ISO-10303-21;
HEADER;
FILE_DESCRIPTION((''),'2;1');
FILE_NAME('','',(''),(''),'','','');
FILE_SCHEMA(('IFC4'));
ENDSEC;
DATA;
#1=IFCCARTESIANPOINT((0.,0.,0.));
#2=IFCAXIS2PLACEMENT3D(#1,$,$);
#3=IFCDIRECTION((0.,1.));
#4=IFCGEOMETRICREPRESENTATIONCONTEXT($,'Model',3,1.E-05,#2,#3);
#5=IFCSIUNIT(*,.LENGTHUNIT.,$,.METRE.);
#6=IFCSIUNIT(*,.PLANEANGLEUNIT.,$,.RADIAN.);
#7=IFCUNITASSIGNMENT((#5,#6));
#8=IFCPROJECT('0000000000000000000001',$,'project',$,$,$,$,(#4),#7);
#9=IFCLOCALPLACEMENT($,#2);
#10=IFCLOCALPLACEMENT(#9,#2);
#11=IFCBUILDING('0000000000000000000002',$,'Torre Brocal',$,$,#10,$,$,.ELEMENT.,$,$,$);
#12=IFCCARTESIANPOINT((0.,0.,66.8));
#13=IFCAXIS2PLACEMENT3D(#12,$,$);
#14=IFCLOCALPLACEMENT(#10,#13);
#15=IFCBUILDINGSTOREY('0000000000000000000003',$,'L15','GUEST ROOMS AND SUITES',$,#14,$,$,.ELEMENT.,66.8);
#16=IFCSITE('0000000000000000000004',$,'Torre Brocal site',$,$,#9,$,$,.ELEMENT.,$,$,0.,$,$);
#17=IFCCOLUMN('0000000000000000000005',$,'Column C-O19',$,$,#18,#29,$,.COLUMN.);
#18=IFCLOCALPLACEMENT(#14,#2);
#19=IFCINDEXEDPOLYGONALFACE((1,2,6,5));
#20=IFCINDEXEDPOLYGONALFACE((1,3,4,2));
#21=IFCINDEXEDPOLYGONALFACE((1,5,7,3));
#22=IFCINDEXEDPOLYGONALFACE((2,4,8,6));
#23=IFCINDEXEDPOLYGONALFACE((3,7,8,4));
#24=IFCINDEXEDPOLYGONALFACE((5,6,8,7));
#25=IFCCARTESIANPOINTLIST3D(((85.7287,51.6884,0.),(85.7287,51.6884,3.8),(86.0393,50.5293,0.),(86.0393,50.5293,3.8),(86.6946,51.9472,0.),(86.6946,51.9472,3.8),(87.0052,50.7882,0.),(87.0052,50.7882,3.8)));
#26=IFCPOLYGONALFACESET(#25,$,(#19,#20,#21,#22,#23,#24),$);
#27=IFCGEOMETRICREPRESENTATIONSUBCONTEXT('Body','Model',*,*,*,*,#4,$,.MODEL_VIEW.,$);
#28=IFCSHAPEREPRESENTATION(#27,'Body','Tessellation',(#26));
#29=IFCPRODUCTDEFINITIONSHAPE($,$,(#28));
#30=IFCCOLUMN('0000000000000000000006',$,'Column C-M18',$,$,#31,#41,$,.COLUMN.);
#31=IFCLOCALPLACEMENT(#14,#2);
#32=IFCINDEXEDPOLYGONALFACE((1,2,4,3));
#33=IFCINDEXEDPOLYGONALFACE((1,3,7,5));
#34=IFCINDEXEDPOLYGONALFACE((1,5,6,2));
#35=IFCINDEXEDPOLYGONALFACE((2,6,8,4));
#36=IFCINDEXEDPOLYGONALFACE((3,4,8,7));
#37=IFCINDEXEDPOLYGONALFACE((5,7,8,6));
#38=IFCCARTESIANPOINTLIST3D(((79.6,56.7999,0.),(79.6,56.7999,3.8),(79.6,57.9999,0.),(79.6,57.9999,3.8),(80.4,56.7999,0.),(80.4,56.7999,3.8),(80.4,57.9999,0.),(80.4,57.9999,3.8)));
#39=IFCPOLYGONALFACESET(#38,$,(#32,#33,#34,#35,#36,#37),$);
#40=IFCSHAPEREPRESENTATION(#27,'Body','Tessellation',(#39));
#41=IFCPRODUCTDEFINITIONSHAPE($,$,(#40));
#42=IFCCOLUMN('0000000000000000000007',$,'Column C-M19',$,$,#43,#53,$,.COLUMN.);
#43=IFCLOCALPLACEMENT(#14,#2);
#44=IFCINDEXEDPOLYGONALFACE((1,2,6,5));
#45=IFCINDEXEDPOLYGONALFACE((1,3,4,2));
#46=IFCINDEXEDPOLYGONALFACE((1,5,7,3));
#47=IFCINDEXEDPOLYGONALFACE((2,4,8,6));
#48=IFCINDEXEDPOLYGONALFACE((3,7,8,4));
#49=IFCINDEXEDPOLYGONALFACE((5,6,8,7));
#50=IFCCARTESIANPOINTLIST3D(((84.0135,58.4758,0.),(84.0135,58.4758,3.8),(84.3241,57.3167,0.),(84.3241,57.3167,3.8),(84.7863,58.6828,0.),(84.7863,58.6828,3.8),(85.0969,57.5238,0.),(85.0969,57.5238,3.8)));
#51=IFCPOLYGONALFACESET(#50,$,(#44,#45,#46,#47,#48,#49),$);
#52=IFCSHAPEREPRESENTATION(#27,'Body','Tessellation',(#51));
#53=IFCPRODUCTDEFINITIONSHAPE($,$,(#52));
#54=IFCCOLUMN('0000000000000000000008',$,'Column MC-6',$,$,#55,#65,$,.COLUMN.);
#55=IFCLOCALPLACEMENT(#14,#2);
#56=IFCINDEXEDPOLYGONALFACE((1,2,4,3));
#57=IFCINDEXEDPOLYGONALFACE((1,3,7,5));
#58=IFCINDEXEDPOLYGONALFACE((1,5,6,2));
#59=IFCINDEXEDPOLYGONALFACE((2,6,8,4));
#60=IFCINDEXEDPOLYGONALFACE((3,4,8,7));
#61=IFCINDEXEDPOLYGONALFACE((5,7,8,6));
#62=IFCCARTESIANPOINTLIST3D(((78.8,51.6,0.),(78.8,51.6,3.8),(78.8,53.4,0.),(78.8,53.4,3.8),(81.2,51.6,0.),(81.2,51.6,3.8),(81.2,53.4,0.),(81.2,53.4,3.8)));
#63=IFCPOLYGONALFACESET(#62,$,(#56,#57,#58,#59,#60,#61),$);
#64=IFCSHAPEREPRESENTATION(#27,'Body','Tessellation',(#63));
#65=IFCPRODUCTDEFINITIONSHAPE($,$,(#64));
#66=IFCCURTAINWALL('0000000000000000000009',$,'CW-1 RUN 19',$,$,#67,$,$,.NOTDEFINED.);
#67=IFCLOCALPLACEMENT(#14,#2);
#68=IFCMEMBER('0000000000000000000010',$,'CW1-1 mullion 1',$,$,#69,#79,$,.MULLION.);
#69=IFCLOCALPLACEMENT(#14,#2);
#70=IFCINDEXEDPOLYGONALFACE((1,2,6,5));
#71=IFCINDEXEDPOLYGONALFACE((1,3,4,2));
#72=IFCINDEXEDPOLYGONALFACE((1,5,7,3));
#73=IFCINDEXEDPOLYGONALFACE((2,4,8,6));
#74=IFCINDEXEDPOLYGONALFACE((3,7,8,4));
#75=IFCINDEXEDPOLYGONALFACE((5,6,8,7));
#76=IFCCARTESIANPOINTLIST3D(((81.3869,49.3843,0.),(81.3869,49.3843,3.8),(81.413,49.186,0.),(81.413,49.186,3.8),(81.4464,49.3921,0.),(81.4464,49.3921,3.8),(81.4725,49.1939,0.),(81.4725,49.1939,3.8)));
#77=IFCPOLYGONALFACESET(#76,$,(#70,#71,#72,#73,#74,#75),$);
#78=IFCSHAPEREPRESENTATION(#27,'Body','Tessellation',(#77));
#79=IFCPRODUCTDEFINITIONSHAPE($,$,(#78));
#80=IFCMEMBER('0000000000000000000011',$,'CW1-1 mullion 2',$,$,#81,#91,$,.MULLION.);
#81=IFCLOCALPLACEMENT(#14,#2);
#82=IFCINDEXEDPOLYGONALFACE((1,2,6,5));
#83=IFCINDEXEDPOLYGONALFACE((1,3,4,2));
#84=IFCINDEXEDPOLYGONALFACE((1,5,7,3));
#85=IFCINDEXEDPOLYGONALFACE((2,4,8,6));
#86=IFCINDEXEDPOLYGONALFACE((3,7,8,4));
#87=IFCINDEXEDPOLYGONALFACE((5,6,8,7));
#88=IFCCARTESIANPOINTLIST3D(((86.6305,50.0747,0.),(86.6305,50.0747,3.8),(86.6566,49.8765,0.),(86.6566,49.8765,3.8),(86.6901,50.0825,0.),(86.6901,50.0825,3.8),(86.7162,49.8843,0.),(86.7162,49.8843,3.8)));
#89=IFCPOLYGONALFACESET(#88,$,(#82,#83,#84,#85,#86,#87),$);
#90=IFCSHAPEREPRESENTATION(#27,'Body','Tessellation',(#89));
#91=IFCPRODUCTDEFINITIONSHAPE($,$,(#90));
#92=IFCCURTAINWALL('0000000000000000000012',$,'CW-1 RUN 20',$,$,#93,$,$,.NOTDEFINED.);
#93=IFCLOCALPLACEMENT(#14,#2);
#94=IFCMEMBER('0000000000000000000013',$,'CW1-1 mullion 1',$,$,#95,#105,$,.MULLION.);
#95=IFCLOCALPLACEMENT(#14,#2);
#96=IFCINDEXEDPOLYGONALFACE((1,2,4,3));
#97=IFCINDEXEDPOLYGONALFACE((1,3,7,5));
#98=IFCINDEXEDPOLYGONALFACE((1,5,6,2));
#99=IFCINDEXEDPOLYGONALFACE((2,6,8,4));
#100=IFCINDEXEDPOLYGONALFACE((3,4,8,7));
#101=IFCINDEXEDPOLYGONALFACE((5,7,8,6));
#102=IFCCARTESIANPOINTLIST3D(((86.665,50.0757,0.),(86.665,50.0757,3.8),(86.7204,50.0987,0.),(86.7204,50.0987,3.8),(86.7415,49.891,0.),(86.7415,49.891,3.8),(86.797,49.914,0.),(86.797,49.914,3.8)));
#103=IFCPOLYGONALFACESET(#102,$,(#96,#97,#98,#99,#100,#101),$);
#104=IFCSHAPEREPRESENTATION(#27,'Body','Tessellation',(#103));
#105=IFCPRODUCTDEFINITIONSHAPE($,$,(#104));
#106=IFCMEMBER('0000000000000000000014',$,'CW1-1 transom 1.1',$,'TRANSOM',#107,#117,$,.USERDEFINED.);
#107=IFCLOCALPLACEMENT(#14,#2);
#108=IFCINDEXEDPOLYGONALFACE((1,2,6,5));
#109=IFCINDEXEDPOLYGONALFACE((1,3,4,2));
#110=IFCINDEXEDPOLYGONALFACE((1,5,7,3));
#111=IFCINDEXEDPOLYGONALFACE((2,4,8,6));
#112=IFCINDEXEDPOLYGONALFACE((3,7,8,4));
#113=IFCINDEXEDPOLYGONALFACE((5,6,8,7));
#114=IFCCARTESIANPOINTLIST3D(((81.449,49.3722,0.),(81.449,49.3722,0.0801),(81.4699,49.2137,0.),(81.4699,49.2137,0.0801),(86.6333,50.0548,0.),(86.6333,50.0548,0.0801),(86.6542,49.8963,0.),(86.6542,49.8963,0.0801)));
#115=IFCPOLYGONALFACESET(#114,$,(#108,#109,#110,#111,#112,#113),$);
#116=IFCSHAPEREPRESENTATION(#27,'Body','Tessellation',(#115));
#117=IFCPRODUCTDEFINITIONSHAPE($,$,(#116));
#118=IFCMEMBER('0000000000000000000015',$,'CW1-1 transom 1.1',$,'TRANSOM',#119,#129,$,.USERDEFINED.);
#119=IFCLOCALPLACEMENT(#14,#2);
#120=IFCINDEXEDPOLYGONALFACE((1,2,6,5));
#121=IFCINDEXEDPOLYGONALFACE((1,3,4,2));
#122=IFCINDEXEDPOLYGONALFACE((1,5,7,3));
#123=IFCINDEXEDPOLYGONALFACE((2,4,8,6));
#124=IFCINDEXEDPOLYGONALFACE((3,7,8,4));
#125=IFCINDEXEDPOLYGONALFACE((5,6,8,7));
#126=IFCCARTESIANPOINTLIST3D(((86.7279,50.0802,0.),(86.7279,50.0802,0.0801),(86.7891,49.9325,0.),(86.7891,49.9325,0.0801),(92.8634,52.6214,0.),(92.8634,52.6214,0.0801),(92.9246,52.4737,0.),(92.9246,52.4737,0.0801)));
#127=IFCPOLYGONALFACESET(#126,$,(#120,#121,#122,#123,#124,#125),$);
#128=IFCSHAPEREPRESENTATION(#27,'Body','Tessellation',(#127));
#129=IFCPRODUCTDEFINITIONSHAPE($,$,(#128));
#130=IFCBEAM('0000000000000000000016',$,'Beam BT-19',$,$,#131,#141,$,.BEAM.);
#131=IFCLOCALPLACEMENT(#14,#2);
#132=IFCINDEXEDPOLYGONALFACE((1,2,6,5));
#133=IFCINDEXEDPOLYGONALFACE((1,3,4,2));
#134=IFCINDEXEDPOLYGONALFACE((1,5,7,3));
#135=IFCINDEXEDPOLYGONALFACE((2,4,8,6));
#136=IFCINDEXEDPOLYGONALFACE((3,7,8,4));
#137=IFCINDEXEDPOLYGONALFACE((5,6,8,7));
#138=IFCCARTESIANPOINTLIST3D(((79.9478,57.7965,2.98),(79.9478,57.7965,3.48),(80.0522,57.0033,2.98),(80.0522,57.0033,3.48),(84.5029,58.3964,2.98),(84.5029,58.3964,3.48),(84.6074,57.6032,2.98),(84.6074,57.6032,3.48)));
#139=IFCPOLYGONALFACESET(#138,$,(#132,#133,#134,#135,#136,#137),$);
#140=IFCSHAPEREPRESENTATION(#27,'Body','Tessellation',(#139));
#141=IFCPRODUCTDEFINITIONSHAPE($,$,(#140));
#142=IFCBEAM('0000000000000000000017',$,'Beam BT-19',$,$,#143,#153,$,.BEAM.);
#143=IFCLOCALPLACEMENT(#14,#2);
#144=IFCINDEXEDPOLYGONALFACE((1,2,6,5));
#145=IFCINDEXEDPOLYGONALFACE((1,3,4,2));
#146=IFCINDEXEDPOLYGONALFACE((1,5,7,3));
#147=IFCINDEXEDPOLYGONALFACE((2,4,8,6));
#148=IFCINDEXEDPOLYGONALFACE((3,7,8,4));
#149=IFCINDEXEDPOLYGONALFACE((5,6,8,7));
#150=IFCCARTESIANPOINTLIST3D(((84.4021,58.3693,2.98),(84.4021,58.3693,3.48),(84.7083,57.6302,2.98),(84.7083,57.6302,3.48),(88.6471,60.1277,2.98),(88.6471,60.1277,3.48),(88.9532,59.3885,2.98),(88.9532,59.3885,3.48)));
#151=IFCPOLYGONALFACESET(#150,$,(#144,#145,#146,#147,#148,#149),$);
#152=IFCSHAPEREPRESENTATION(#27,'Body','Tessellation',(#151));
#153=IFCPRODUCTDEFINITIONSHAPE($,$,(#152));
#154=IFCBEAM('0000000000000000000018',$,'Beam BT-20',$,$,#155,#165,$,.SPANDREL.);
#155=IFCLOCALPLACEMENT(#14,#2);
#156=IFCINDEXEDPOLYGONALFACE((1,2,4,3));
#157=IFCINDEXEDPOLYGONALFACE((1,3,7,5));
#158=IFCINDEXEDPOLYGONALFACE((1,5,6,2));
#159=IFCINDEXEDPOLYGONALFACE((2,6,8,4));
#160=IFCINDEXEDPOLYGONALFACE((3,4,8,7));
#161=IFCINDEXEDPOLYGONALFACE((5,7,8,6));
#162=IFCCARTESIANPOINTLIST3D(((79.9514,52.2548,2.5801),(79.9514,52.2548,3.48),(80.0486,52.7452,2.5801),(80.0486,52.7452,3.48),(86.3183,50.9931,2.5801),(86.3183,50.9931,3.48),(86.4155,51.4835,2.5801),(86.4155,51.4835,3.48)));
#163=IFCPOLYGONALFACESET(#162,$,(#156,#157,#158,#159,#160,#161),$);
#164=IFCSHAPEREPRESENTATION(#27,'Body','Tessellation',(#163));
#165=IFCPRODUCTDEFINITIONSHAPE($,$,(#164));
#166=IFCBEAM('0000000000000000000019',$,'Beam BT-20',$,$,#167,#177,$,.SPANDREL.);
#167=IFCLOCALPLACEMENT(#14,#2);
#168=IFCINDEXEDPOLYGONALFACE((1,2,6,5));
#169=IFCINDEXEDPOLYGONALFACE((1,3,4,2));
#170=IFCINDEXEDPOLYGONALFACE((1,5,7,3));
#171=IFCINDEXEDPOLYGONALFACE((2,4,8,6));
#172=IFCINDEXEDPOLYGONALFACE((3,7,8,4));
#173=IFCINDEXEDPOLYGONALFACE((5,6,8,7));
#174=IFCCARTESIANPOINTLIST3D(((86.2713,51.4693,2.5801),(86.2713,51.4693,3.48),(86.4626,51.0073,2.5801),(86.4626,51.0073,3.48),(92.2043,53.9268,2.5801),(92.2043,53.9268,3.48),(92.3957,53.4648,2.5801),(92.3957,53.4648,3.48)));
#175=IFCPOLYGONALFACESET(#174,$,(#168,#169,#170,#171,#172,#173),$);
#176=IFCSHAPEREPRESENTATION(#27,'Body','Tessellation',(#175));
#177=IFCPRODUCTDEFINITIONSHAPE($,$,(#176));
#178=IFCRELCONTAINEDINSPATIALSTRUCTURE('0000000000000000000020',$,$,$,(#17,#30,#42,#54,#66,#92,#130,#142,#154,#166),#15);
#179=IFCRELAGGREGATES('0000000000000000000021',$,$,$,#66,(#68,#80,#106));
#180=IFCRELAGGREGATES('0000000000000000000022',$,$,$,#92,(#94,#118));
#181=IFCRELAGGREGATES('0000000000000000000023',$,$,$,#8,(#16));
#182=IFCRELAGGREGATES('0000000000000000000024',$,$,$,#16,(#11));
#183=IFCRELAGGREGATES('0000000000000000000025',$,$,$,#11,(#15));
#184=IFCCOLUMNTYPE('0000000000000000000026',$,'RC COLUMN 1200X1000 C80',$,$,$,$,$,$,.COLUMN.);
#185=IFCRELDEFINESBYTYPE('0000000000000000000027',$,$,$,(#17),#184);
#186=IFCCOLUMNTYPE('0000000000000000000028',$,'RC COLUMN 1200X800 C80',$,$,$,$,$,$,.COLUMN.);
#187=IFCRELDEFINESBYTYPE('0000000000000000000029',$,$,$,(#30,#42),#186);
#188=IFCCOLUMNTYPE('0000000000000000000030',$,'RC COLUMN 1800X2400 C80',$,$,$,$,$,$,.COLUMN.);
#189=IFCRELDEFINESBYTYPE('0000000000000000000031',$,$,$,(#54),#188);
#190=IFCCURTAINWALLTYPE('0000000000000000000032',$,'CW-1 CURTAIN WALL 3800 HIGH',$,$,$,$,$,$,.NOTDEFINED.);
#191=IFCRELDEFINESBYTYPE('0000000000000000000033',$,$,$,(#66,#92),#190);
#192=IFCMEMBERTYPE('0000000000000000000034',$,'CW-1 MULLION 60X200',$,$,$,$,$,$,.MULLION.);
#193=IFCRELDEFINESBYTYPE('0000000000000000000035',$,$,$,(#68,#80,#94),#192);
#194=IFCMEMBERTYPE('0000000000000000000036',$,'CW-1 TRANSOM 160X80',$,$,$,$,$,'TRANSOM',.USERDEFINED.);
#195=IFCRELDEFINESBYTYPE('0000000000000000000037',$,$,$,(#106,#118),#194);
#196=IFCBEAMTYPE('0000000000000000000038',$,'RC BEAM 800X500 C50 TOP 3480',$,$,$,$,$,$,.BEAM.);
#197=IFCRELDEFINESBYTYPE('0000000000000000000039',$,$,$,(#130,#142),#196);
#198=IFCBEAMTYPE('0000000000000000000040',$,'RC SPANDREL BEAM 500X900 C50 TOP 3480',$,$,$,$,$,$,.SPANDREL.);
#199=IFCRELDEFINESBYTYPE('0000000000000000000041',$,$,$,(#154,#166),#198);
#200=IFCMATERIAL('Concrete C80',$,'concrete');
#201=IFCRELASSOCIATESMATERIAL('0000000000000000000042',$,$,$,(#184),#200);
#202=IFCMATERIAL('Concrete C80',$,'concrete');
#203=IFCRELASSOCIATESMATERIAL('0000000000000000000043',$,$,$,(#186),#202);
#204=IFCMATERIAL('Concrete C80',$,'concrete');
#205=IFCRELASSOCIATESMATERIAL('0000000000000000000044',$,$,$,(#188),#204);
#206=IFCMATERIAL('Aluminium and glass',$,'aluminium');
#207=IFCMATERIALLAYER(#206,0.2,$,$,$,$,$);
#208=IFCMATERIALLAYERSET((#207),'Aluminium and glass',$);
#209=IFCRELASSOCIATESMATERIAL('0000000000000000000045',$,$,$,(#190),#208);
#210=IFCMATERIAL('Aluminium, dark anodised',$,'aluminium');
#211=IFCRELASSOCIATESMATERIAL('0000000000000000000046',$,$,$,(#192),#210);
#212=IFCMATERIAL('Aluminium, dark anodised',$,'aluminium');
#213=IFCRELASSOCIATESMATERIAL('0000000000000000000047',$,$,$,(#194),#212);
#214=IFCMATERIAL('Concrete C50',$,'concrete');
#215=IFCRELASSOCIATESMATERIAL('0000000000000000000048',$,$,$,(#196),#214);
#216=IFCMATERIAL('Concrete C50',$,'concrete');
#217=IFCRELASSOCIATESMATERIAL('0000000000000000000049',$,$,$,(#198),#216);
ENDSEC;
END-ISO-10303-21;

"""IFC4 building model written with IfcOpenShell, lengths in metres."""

from ifc_helpers import new_model, si_unit, direction, frame, origin, origin_2d, place, context, subcontext, project, spatial, rectangle, extrude, material, layer, layer_set, material_profile, profile_set, type_object, element, aggregate, save


model = new_model("IFC4")

# Units and contexts
model_context = context("Model", 3, precision=1e-05, world=origin(), true_north=direction((0.0, 1.0)))
body_context = subcontext(model_context, "Body", "Model", "MODEL_VIEW")
ifc_project = project(units=[si_unit("LENGTHUNIT", "METRE"), si_unit("PLANEANGLEUNIT", "RADIAN")], contexts=[model_context])

# Site, building, storey
site_placement = place(None, origin())
site = spatial("IfcSite", under=ifc_project, at=site_placement, Name="Torre Brocal site", CompositionType="ELEMENT", RefElevation=0.0)
building_placement = place(site_placement, origin())
building = spatial("IfcBuilding", under=site, at=building_placement, Name="Torre Brocal", CompositionType="ELEMENT")
storey_placement = place(building_placement, frame((0.0, 0.0, 66.8)))
storey = spatial("IfcBuildingStorey", under=building, at=storey_placement, Name="L15", Description="GUEST ROOMS AND SUITES", CompositionType="ELEMENT", Elevation=66.8)

# Columns
ifc_material_1 = material(Name="Concrete C80", Category="concrete")
ifc_material_profile_1 = material_profile(ifc_material_1, rectangle(XDim=1.2, YDim=1.0, at=origin_2d()), Name="RC 1200X1000")
ifc_profile_set_1 = profile_set([ifc_material_profile_1], Name="Concrete C80")
column_type_1 = type_object("IfcColumnType", Name="RC COLUMN 1200X1000 C80", PredefinedType="COLUMN", material=ifc_profile_set_1)
column_1_placement = place(storey_placement, frame((86.3669, 51.2383, 0.0), z_axis=(0.0, 0.0, 1.0), x_axis=(0.258819, -0.965926, 0.0)))
element("IfcColumn", 1, at=column_1_placement, inside=storey, type_object=column_type_1, Name="Column C-O19", PredefinedType="COLUMN", context=body_context, shape_type="SweptSolid", body=[
    extrude(rectangle(XDim=1.2, YDim=1.0, at=origin_2d()), origin(), (0.0, 0.0, 1.0), 3.8),
])
ifc_material_2 = material(Name="Concrete C80", Category="concrete")
ifc_material_profile_2 = material_profile(ifc_material_2, rectangle(XDim=1.2, YDim=0.8, at=origin_2d()), Name="RC 1200X800")
ifc_profile_set_2 = profile_set([ifc_material_profile_2], Name="Concrete C80")
column_type_2 = type_object("IfcColumnType", Name="RC COLUMN 1200X800 C80", PredefinedType="COLUMN", material=ifc_profile_set_2)
for number, where, z_axis, x_axis, name in (
    (2, (80.0, 57.3999, 0.0), (0.0, 0.0, 1.0), (0.0, -1.0, 0.0), "Column C-M18"),
    (3, (84.5552, 57.9998, 0.0), (0.0, 0.0, 1.0), (0.258819, -0.965926, 0.0), "Column C-M19"),
):
    element("IfcColumn", number, at=place(storey_placement, frame(where, z_axis=z_axis, x_axis=x_axis)), inside=storey, type_object=column_type_2, Name=name, PredefinedType="COLUMN", context=body_context, shape_type="SweptSolid", body=[
        extrude(rectangle(XDim=1.2, YDim=0.8, at=origin_2d()), origin(), (0.0, 0.0, 1.0), 3.8),
    ])
ifc_material_3 = material(Name="Concrete C80", Category="concrete")
ifc_material_profile_3 = material_profile(ifc_material_3, rectangle(XDim=1.8, YDim=2.3999, at=origin_2d()), Name="RC 1800X2400")
ifc_profile_set_3 = profile_set([ifc_material_profile_3], Name="Concrete C80")
column_type_3 = type_object("IfcColumnType", Name="RC COLUMN 1800X2400 C80", PredefinedType="COLUMN", material=ifc_profile_set_3)
column_2_placement = place(storey_placement, frame((80.0, 52.5, 0.0), z_axis=(0.0, 0.0, 1.0), x_axis=(0.0, -1.0, 0.0)))
element("IfcColumn", 4, at=column_2_placement, inside=storey, type_object=column_type_3, Name="Column MC-6", PredefinedType="COLUMN", context=body_context, shape_type="SweptSolid", body=[
    extrude(rectangle(XDim=1.8, YDim=2.3999, at=origin_2d()), origin(), (0.0, 0.0, 1.0), 3.8),
])

# Curtain wall, members
ifc_material_4 = material(Name="Aluminium and glass", Category="aluminium")
ifc_layer_1 = layer(ifc_material_4, 0.2)
ifc_layer_set_1 = layer_set([ifc_layer_1], Name="Aluminium and glass")
curtain_wall_type = type_object("IfcCurtainWallType", Name="CW-1 CURTAIN WALL 3800 HIGH", PredefinedType="NOTDEFINED", material=ifc_layer_set_1)
curtain_wall_1_placement = place(storey_placement, origin())
curtain_wall_1 = element("IfcCurtainWall", 5, at=curtain_wall_1_placement, inside=storey, type_object=curtain_wall_type, Name="CW-1 RUN 19", PredefinedType="NOTDEFINED")
ifc_material_5 = material(Name="Aluminium, dark anodised", Category="aluminium")
ifc_material_profile_4 = material_profile(ifc_material_5, rectangle(XDim=0.2, YDim=0.0601, at=origin_2d()), Name="CW-1 MULLION 60X200")
ifc_profile_set_4 = profile_set([ifc_material_profile_4], Name="Aluminium, dark anodised")
member_type_1 = type_object("IfcMemberType", Name="CW-1 MULLION 60X200", PredefinedType="MULLION", material=ifc_profile_set_4)
member_1_placement = place(storey_placement, frame((81.4297, 49.2891, 0.0), z_axis=(0.0, 0.0, 1.0), x_axis=(-0.130526, 0.991445, 0.0)))
member_1 = element("IfcMember", 6, at=member_1_placement, type_object=member_type_1, Name="CW1-1 mullion 1", PredefinedType="MULLION", context=body_context, shape_type="SweptSolid", body=[
    extrude(rectangle(XDim=0.2, YDim=0.0601, at=origin_2d()), origin(), (0.0, 0.0, 1.0), 3.8),
])
member_2_placement = place(storey_placement, frame((86.6733, 49.9795, 0.0), z_axis=(0.0, 0.0, 1.0), x_axis=(-0.130526, 0.991445, 0.0)))
member_2 = element("IfcMember", 7, at=member_2_placement, type_object=member_type_1, Name="CW1-1 mullion 2", PredefinedType="MULLION", context=body_context, shape_type="SweptSolid", body=[
    extrude(rectangle(XDim=0.2, YDim=0.0601, at=origin_2d()), origin(), (0.0, 0.0, 1.0), 3.8),
])

# Curtain wall, member
curtain_wall_2_placement = place(storey_placement, origin())
curtain_wall_2 = element("IfcCurtainWall", 8, at=curtain_wall_2_placement, inside=storey, type_object=curtain_wall_type, Name="CW-1 RUN 20", PredefinedType="NOTDEFINED")
member_3_placement = place(storey_placement, frame((86.731, 49.9949, 0.0), z_axis=(0.0, 0.0, 1.0), x_axis=(-0.382683, 0.92388, 0.0)))
member_3 = element("IfcMember", 9, at=member_3_placement, type_object=member_type_1, Name="CW1-1 mullion 1", PredefinedType="MULLION", context=body_context, shape_type="SweptSolid", body=[
    extrude(rectangle(XDim=0.2, YDim=0.0601, at=origin_2d()), origin(), (0.0, 0.0, 1.0), 3.8),
])

# Members
ifc_material_6 = material(Name="Aluminium, dark anodised", Category="aluminium")
ifc_material_profile_5 = material_profile(ifc_material_6, rectangle(XDim=0.1599, YDim=0.0801, at=origin_2d()), Name="CW-1 TRANSOM 160X80")
ifc_profile_set_5 = profile_set([ifc_material_profile_5], Name="Aluminium, dark anodised")
member_type_2 = type_object("IfcMemberType", Name="CW-1 TRANSOM 160X80", ElementType="TRANSOM", PredefinedType="USERDEFINED", material=ifc_profile_set_5)
member_4_placement = place(storey_placement, frame((81.4595, 49.293, 0.04), z_axis=(0.991443, 0.130543, 0.0), x_axis=(-0.130543, 0.991443, 0.0)))
member_4 = element("IfcMember", 10, at=member_4_placement, type_object=member_type_2, Name="CW1-1 transom 1.1", ObjectType="TRANSOM", PredefinedType="USERDEFINED", context=body_context, shape_type="SweptSolid", body=[
    extrude(rectangle(XDim=0.1599, YDim=0.0801, at=origin_2d()), origin(), (0.0, 0.0, 1.0), 5.229),
])
member_5_placement = place(storey_placement, frame((86.7585, 50.0063, 0.04), z_axis=(0.923887, 0.382665, 0.0), x_axis=(-0.382665, 0.923887, 0.0)))
member_5 = element("IfcMember", 11, at=member_5_placement, type_object=member_type_2, Name="CW1-1 transom 1.1", ObjectType="TRANSOM", PredefinedType="USERDEFINED", context=body_context, shape_type="SweptSolid", body=[
    extrude(rectangle(XDim=0.1599, YDim=0.0801, at=origin_2d()), origin(), (0.0, 0.0, 1.0), 6.6409),
])

# Beams
ifc_material_7 = material(Name="Concrete C50", Category="concrete")
ifc_material_profile_6 = material_profile(ifc_material_7, rectangle(XDim=0.8, YDim=0.5, at=origin_2d()), Name="RC 800X500")
ifc_profile_set_6 = profile_set([ifc_material_profile_6], Name="Concrete C50")
beam_type_1 = type_object("IfcBeamType", Name="RC BEAM 800X500 C50 TOP 3480", PredefinedType="BEAM", material=ifc_profile_set_6)
beam_1_placement = place(storey_placement, frame((80.0, 57.3999, 3.23), z_axis=(0.991441, 0.130559, 0.0), x_axis=(-0.130559, 0.991441, 0.0)))
element("IfcBeam", 12, at=beam_1_placement, inside=storey, type_object=beam_type_1, Name="Beam BT-19", PredefinedType="BEAM", context=body_context, shape_type="SweptSolid", body=[
    extrude(rectangle(XDim=0.8, YDim=0.5, at=origin_2d()), origin(), (0.0, 0.0, 1.0), 4.5945),
])
beam_2_placement = place(storey_placement, frame((84.5552, 57.9998, 3.23), z_axis=(0.923878, 0.382687, 0.0), x_axis=(-0.382687, 0.923878, 0.0)))
element("IfcBeam", 13, at=beam_2_placement, inside=storey, type_object=beam_type_1, Name="Beam BT-19", PredefinedType="BEAM", context=body_context, shape_type="SweptSolid", body=[
    extrude(rectangle(XDim=0.8, YDim=0.5, at=origin_2d()), origin(), (0.0, 0.0, 1.0), 4.5947),
])
ifc_material_8 = material(Name="Concrete C50", Category="concrete")
ifc_material_profile_7 = material_profile(ifc_material_8, rectangle(XDim=0.5, YDim=0.8999, at=origin_2d()), Name="RC 500X900")
ifc_profile_set_7 = profile_set([ifc_material_profile_7], Name="Concrete C50")
beam_type_2 = type_object("IfcBeamType", Name="RC SPANDREL BEAM 500X900 C50 TOP 3480", PredefinedType="SPANDREL", material=ifc_profile_set_7)
beam_3_placement = place(storey_placement, frame((80.0, 52.5, 3.03), z_axis=(0.980925, -0.194387, 0.0), x_axis=(0.194387, 0.980925, 0.0)))
element("IfcBeam", 14, at=beam_3_placement, inside=storey, type_object=beam_type_2, Name="Beam BT-20", PredefinedType="SPANDREL", context=body_context, shape_type="SweptSolid", body=[
    extrude(rectangle(XDim=0.5, YDim=0.8999, at=origin_2d()), origin(), (0.0, 0.0, 1.0), 6.4907),
])
beam_4_placement = place(storey_placement, frame((86.3669, 51.2383, 3.03), z_axis=(0.923882, 0.382676, 0.0), x_axis=(-0.382676, 0.923882, 0.0)))
element("IfcBeam", 15, at=beam_4_placement, inside=storey, type_object=beam_type_2, Name="Beam BT-20", PredefinedType="SPANDREL", context=body_context, shape_type="SweptSolid", body=[
    extrude(rectangle(XDim=0.5, YDim=0.8999, at=origin_2d()), origin(), (0.0, 0.0, 1.0), 6.4219),
])

aggregate(curtain_wall_1, [member_1, member_2, member_4])
aggregate(curtain_wall_2, [member_3, member_5])

save(model, "model.ifc")
